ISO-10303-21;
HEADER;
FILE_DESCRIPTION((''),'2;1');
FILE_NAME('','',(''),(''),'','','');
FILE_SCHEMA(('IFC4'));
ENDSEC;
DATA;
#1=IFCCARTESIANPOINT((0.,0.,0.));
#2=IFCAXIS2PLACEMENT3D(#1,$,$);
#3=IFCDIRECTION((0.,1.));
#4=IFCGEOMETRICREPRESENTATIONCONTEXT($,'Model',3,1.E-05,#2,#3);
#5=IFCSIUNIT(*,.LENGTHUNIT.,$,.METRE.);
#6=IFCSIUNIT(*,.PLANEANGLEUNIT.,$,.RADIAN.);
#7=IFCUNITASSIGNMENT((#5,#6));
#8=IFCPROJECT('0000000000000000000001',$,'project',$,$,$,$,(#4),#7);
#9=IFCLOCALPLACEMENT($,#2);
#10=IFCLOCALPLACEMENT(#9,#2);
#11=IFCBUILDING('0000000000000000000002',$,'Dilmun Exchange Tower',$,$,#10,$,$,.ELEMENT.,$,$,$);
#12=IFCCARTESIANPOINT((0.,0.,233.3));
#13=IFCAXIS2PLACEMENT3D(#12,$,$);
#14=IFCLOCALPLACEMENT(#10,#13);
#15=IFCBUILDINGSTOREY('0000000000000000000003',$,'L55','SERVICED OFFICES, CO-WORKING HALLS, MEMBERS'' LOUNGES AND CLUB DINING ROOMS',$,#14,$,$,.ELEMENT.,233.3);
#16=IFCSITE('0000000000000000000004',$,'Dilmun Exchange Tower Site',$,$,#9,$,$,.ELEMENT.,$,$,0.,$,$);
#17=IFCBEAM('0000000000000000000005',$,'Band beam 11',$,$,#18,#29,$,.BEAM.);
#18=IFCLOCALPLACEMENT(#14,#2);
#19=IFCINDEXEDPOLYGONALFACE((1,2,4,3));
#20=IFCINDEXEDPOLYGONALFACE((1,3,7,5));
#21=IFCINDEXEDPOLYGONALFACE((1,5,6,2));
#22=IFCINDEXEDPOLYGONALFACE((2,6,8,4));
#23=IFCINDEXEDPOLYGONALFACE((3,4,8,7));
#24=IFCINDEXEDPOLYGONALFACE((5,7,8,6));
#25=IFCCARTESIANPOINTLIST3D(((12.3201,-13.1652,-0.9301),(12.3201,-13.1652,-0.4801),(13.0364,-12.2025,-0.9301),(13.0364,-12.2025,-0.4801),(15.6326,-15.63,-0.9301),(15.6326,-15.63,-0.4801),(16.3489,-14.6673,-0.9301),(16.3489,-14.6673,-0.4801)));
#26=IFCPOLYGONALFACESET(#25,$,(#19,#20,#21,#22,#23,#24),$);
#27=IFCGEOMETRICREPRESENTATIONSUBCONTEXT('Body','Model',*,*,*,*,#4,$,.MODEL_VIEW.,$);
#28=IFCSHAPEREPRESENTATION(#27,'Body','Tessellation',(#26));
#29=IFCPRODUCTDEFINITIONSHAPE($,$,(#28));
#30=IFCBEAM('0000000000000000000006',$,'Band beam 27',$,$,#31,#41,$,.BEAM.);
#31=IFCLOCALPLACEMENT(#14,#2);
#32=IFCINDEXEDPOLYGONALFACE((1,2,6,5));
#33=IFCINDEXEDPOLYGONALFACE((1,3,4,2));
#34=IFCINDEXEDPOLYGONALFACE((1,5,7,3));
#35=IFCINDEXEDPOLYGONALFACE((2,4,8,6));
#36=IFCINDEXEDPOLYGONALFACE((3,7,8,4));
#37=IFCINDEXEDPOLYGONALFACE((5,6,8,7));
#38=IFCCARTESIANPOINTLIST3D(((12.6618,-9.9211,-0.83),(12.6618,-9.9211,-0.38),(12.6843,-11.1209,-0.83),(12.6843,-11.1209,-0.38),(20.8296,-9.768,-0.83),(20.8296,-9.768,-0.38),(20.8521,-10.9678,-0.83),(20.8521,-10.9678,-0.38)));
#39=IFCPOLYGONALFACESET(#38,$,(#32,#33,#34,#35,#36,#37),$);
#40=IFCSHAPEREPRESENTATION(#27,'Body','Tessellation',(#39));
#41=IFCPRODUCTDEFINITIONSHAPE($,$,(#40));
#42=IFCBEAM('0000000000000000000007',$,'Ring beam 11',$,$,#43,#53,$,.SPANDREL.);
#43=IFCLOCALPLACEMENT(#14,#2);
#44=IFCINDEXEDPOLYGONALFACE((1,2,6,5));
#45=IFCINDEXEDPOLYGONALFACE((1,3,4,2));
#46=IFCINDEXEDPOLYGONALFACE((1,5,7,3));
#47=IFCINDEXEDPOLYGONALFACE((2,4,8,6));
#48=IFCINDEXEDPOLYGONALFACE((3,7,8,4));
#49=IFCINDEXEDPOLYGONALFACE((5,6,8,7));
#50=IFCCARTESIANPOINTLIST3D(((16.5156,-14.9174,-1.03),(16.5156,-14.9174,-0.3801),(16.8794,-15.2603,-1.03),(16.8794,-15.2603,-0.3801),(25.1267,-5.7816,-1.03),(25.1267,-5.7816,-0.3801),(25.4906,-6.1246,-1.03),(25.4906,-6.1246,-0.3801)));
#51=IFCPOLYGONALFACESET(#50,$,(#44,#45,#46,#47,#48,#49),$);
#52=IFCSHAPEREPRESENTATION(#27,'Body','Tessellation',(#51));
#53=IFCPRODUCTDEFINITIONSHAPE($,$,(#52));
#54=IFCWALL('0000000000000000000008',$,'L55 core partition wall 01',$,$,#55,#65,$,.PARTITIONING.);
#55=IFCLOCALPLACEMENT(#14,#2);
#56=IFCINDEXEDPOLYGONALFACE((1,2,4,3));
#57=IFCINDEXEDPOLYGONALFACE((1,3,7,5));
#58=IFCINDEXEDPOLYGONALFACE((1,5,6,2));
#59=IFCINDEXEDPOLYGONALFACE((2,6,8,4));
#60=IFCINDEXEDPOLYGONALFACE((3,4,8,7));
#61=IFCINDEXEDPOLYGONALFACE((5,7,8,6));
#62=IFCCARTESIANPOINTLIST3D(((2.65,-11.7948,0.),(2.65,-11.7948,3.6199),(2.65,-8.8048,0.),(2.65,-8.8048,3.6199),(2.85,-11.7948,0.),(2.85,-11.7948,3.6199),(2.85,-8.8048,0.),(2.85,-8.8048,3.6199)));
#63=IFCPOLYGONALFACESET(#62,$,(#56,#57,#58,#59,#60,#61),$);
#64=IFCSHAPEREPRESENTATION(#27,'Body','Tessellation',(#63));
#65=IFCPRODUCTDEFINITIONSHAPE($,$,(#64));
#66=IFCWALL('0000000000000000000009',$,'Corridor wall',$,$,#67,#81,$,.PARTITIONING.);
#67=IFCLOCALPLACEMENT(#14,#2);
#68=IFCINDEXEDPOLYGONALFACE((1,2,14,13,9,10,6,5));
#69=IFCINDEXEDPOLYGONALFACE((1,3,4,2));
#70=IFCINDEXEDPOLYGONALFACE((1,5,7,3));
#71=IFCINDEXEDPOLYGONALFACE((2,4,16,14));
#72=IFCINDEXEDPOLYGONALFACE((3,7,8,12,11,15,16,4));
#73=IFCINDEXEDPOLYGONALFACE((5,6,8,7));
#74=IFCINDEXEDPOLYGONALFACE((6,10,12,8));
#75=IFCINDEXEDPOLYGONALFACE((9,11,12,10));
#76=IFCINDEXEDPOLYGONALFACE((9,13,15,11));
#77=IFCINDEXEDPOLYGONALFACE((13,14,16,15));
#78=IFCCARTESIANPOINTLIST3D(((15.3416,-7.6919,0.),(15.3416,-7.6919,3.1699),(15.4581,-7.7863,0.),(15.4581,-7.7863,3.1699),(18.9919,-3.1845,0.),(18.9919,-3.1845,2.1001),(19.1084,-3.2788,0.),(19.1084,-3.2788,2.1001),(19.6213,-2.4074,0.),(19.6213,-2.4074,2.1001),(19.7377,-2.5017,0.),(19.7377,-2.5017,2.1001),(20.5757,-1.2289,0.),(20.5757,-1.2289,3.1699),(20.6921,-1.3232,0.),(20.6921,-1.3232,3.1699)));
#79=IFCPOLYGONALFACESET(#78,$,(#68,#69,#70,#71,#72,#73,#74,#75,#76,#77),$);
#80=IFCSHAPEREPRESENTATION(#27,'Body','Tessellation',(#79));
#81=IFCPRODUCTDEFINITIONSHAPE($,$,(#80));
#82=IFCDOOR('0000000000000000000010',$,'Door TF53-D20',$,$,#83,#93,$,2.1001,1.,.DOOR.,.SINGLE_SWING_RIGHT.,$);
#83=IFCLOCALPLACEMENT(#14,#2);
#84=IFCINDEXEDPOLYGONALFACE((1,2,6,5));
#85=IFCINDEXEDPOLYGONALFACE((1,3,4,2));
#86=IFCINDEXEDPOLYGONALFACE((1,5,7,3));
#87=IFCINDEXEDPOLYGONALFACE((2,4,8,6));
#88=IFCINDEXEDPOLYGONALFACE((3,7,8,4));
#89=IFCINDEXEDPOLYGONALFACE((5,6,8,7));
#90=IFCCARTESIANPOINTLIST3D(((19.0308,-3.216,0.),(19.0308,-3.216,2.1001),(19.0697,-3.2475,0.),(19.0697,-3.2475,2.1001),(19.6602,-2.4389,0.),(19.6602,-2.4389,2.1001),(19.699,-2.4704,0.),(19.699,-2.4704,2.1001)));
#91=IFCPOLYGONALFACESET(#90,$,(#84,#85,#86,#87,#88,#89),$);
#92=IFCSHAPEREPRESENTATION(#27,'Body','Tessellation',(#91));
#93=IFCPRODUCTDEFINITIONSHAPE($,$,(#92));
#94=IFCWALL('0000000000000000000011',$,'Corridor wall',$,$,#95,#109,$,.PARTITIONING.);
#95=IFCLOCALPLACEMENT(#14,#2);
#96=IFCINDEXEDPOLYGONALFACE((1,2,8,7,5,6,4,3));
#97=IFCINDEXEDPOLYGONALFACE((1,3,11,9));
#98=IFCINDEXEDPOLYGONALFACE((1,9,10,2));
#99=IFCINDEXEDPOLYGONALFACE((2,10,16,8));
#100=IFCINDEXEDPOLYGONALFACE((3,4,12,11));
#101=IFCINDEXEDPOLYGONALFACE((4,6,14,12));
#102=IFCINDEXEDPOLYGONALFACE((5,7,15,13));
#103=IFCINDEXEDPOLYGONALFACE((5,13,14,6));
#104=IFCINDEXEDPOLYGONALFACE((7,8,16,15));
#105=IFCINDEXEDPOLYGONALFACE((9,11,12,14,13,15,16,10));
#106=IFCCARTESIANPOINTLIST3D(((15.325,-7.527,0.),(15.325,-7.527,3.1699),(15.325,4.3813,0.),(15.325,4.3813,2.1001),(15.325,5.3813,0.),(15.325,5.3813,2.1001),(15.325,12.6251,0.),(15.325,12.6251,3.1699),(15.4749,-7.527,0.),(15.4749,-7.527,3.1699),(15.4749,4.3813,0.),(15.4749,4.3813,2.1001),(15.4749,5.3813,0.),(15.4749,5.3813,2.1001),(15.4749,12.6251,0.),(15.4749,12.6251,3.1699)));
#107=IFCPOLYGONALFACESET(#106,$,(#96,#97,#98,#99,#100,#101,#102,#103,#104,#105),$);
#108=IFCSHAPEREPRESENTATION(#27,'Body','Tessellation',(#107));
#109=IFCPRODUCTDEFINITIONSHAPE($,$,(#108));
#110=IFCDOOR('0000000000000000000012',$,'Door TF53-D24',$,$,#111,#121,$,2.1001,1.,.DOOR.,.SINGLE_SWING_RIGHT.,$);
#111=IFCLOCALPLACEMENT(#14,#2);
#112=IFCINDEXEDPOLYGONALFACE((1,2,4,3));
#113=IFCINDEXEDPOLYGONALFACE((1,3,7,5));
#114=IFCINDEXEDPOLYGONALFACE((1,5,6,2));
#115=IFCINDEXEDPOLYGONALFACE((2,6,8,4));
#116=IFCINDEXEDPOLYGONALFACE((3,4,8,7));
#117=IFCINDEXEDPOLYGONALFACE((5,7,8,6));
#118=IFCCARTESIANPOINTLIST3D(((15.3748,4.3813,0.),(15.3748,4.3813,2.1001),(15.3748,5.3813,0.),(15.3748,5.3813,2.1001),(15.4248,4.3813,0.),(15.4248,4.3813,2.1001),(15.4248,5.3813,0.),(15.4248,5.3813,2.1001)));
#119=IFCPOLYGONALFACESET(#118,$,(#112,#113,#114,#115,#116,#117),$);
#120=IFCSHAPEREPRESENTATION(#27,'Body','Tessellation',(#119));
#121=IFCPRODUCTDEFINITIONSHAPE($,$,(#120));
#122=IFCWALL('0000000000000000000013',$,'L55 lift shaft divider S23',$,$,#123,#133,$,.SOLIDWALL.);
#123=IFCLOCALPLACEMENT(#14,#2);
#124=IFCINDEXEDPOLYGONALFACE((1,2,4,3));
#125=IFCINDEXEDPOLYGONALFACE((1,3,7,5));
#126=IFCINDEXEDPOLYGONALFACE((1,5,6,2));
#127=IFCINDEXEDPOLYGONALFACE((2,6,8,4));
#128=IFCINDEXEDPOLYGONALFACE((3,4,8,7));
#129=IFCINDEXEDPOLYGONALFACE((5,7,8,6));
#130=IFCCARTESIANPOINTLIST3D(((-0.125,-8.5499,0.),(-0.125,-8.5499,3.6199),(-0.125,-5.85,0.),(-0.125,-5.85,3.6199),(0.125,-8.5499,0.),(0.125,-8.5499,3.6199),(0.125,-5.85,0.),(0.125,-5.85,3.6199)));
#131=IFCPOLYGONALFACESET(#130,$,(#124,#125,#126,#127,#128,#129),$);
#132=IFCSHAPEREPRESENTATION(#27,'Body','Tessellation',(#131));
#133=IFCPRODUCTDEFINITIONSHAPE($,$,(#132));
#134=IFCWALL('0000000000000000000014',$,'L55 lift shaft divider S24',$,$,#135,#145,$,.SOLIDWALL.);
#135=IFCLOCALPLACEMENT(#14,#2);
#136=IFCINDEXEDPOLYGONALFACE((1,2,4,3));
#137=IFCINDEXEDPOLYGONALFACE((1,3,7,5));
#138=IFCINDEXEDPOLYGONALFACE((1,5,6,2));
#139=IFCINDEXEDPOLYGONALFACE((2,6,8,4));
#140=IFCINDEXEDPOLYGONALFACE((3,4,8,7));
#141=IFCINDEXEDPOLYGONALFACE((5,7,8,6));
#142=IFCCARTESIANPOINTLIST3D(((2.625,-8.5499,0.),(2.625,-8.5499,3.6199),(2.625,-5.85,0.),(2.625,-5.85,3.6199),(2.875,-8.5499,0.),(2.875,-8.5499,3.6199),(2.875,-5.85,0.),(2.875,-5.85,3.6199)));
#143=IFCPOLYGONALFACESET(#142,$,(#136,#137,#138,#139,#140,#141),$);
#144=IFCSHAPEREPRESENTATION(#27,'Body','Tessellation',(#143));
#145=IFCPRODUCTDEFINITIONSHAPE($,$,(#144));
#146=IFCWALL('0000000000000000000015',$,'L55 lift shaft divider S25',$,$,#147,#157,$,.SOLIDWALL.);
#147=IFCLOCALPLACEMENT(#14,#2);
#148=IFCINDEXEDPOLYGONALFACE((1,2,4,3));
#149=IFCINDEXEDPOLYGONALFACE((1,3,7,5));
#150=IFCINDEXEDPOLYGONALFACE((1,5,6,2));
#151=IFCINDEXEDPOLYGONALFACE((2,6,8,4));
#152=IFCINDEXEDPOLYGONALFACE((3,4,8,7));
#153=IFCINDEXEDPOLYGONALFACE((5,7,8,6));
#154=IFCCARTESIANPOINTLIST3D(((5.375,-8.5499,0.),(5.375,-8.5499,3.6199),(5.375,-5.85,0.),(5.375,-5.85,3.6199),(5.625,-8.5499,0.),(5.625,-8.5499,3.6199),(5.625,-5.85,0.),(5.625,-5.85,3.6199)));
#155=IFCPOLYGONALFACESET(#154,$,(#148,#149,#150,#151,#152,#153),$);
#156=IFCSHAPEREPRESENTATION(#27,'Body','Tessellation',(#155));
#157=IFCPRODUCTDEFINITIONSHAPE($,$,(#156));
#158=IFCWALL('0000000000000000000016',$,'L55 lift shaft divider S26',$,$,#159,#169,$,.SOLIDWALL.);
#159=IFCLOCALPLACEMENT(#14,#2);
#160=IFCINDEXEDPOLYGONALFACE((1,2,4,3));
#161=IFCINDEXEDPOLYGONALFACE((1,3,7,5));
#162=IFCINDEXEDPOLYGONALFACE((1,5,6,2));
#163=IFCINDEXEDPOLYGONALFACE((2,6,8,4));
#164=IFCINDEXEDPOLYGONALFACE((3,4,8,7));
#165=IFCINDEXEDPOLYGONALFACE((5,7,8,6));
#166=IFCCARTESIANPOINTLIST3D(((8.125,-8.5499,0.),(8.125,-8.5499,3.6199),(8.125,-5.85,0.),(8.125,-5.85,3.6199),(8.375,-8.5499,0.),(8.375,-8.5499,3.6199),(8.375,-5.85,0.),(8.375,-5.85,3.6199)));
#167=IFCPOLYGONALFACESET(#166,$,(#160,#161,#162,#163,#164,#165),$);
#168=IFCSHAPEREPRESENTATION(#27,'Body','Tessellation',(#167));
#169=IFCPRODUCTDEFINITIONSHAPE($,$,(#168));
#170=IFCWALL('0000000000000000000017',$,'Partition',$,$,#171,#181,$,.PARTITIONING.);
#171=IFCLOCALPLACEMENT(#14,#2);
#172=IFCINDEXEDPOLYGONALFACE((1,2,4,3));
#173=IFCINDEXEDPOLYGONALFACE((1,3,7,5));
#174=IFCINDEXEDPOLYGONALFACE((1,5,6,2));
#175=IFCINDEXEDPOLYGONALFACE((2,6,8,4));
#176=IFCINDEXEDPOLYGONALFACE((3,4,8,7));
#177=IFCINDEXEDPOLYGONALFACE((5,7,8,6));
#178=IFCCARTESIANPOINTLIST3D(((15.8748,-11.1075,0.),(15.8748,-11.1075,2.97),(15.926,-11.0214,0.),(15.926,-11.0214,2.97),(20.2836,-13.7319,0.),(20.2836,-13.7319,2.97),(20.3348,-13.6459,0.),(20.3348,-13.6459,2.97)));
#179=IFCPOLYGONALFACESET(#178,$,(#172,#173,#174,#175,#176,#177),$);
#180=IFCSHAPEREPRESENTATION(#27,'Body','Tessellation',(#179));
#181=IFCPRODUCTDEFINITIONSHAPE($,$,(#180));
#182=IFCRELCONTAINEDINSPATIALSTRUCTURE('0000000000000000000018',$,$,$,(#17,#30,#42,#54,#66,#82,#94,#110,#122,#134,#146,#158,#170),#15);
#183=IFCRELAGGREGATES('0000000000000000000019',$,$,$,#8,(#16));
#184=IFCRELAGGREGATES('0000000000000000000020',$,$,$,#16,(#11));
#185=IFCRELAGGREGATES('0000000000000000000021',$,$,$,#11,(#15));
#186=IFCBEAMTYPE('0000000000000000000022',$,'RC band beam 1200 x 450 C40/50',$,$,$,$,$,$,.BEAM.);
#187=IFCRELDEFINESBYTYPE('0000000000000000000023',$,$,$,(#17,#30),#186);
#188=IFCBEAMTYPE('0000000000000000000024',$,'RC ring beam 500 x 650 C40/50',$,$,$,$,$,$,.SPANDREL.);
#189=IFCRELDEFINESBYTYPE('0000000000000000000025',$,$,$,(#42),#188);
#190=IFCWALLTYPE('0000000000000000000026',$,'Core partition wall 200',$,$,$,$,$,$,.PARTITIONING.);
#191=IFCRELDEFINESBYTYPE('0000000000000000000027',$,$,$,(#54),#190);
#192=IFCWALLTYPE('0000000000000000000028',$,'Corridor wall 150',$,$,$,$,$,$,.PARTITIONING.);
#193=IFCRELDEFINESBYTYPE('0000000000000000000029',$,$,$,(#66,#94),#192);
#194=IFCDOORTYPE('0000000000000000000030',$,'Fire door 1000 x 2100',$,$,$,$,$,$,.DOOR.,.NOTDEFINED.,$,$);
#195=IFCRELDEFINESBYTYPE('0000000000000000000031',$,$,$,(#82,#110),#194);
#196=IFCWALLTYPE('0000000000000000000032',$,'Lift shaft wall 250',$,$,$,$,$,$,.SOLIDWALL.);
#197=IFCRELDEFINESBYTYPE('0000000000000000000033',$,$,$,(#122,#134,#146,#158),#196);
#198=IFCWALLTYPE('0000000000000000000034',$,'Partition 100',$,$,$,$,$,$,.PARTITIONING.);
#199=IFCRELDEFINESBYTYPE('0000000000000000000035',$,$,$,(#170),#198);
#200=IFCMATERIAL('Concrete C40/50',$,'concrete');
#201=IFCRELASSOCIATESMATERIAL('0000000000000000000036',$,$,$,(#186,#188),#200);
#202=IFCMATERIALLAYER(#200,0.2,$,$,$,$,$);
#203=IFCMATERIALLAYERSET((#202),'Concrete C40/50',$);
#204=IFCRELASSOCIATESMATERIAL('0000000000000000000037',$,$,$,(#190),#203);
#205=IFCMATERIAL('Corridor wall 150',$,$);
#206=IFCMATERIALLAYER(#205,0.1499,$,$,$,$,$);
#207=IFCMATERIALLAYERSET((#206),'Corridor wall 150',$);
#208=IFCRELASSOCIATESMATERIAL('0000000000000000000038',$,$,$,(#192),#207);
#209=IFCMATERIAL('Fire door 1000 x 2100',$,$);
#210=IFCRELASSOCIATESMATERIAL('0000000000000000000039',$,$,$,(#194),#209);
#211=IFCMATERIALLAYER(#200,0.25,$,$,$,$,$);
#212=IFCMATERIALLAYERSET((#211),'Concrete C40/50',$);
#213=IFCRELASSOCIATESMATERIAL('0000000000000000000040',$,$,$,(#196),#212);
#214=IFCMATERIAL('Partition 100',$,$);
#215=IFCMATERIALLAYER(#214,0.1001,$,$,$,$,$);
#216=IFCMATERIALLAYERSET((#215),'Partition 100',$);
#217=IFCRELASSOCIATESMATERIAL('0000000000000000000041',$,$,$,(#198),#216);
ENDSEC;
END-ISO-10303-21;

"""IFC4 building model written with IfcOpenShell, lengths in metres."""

from ifc_helpers import new_model, si_unit, direction, frame, frame_2d, origin, origin_2d, place, context, subcontext, project, spatial, rectangle, extrude, material, layer, layer_set, material_profile, profile_set, type_object, element, fill, save


model = new_model("IFC4")

# Units and contexts
model_context = context("Model", 3, precision=1e-05, world=origin(), true_north=direction((0.0, 1.0)))
body_context = subcontext(model_context, "Body", "Model", "MODEL_VIEW")
ifc_project = project(units=[si_unit("LENGTHUNIT", "METRE"), si_unit("PLANEANGLEUNIT", "RADIAN")], contexts=[model_context])

# Site, building, storey
site_placement = place(None, origin())
site = spatial("IfcSite", under=ifc_project, at=site_placement, Name="Dilmun Exchange Tower Site", CompositionType="ELEMENT", RefElevation=0.0)
building_placement = place(site_placement, origin())
building = spatial("IfcBuilding", under=site, at=building_placement, Name="Dilmun Exchange Tower", CompositionType="ELEMENT")
storey_placement = place(building_placement, frame((0.0, 0.0, 233.3)))
storey = spatial("IfcBuildingStorey", under=building, at=storey_placement, Name="L55", Description="SERVICED OFFICES, CO-WORKING HALLS, MEMBERS' LOUNGES AND CLUB DINING ROOMS", CompositionType="ELEMENT", Elevation=233.3)

# Beams
ifc_material_1 = material(Name="Concrete C40/50", Category="concrete")
ifc_material_profile_1 = material_profile(ifc_material_1, rectangle(XDim=1.2, YDim=0.45, at=origin_2d()), Name="1200 x 450")
ifc_profile_set_1 = profile_set([ifc_material_profile_1], Name="Concrete C40/50")
beam_type_1 = type_object("IfcBeamType", Name="RC band beam 1200 x 450 C40/50", PredefinedType="BEAM", material=ifc_profile_set_1)
beam_1_placement = place(storey_placement, frame((15.9907, -15.1487, -0.7051), z_axis=(-0.802265, 0.596968, 0.0), x_axis=(-0.596968, -0.802265, 0.0)))
element("IfcBeam", 1, at=beam_1_placement, inside=storey, type_object=beam_type_1, Name="Band beam 11", PredefinedType="BEAM", context=body_context, shape_type="SweptSolid", body=[
    extrude(rectangle(XDim=1.2, YDim=0.45, at=origin_2d()), origin(), (0.0, 0.0, 1.0), 4.1289),
])
beam_2_placement = place(storey_placement, frame((20.8408, -10.3679, -0.605), z_axis=(-0.999824, -0.018738, 0.0), x_axis=(0.018738, -0.999824, 0.0)))
element("IfcBeam", 2, at=beam_2_placement, inside=storey, type_object=beam_type_1, Name="Band beam 27", PredefinedType="BEAM", context=body_context, shape_type="SweptSolid", body=[
    extrude(rectangle(XDim=1.2, YDim=0.45, at=origin_2d()), origin(), (0.0, 0.0, 1.0), 8.1692),
])
ifc_material_profile_2 = material_profile(ifc_material_1, rectangle(XDim=0.5, YDim=0.6499, at=origin_2d()), Name="500 x 650")
ifc_profile_set_2 = profile_set([ifc_material_profile_2], Name="Concrete C40/50")
beam_type_2 = type_object("IfcBeamType", Name="RC ring beam 500 x 650 C40/50", PredefinedType="SPANDREL", material=ifc_profile_set_2)
beam_3_placement = place(storey_placement, frame((16.6975, -15.0889, -0.7051), z_axis=(0.685903, 0.727693, 0.0), x_axis=(-0.727693, 0.685903, 0.0)))
element("IfcBeam", 3, at=beam_3_placement, inside=storey, type_object=beam_type_2, Name="Ring beam 11", PredefinedType="SPANDREL", context=body_context, shape_type="SweptSolid", body=[
    extrude(rectangle(XDim=0.5, YDim=0.6499, at=origin_2d()), origin(), (0.0, 0.0, 1.0), 12.5544),
])

# Wall
ifc_layer_1 = layer(ifc_material_1, 0.2)
ifc_layer_set_1 = layer_set([ifc_layer_1], Name="Concrete C40/50")
wall_type_1 = type_object("IfcWallType", Name="Core partition wall 200", PredefinedType="PARTITIONING", material=ifc_layer_set_1)
wall_1_placement = place(storey_placement, frame((2.75, -11.7949, 0.0), z_axis=(0.0, 0.0, 1.0), x_axis=(0.0, 1.0, 0.0)))
element("IfcWall", 4, at=wall_1_placement, inside=storey, type_object=wall_type_1, Name="L55 core partition wall 01", PredefinedType="PARTITIONING", context=body_context, shape_type="SweptSolid", body=[
    extrude(rectangle(XDim=2.99, YDim=0.2, at=frame_2d((1.4951, 0.0))), origin(), (0.0, 0.0, 1.0), 3.6199),
])

# Walls, openings, doors
ifc_material_2 = material(Name="Corridor wall 150")
ifc_layer_2 = layer(ifc_material_2, 0.1499)
ifc_layer_set_2 = layer_set([ifc_layer_2], Name="Corridor wall 150")
wall_type_2 = type_object("IfcWallType", Name="Corridor wall 150", PredefinedType="PARTITIONING", material=ifc_layer_set_2)
wall_2_placement = place(storey_placement, frame((15.3999, -7.739, 0.0), z_axis=(0.0, 0.0, 1.0), x_axis=(0.629349, 0.777123, 0.0)))
wall_2 = element("IfcWall", 5, at=wall_2_placement, inside=storey, type_object=wall_type_2, Name="Corridor wall", PredefinedType="PARTITIONING", context=body_context, shape_type="SweptSolid", body=[
    extrude(rectangle(XDim=8.3167, YDim=0.1499, at=frame_2d((4.1582, 0.0))), origin(), (0.0, 0.0, 1.0), 3.1699),
])
opening_1_placement = place(wall_2_placement, frame((5.8, 0.0, 0.0)))
opening_1 = element("IfcOpeningElement", 6, at=opening_1_placement, cuts=wall_2, PredefinedType="OPENING", context=body_context, shape_type="SweptSolid", body=[
    extrude(rectangle(XDim=1.0, YDim=2.1001, at=frame_2d((0.5, 1.05))), frame((0.0, 0.085, 0.0), z_axis=(0.0, -1.0, 0.0), x_axis=(1.0, 0.0, 0.0)), (0.0, 0.0, 1.0), 0.1699),
])
ifc_material_3 = material(Name="Fire door 1000 x 2100")
door_type_1 = type_object("IfcDoorType", Name="Fire door 1000 x 2100", OperationType="NOTDEFINED", PredefinedType="DOOR", material=ifc_material_3)
door_1_placement = place(opening_1_placement, origin())
door_1 = element("IfcDoor", 7, at=door_1_placement, inside=storey, type_object=door_type_1, Name="Door TF53-D20", OperationType="SINGLE_SWING_RIGHT", OverallHeight=2.1001, OverallWidth=1.0, PredefinedType="DOOR", context=body_context, shape_type="SweptSolid", body=[
    extrude(rectangle(XDim=1.0, YDim=2.1001, at=frame_2d((0.5, 1.05))), frame((0.0, 0.0249, 0.0), z_axis=(0.0, -1.0, 0.0), x_axis=(1.0, 0.0, 0.0)), (0.0, 0.0, 1.0), 0.05),
])
fill(opening_1, door_1)
wall_3_placement = place(storey_placement, frame((15.3999, -7.5271, 0.0), z_axis=(0.0, 0.0, 1.0), x_axis=(0.0, 1.0, 0.0)))
wall_3 = element("IfcWall", 8, at=wall_3_placement, inside=storey, type_object=wall_type_2, Name="Corridor wall", PredefinedType="PARTITIONING", context=body_context, shape_type="SweptSolid", body=[
    extrude(rectangle(XDim=20.1521, YDim=0.1499, at=frame_2d((10.0762, 0.0))), origin(), (0.0, 0.0, 1.0), 3.1699),
])
opening_2_placement = place(wall_3_placement, frame((11.9084, 0.0, 0.0)))
opening_2 = element("IfcOpeningElement", 9, at=opening_2_placement, cuts=wall_3, PredefinedType="OPENING", context=body_context, shape_type="SweptSolid", body=[
    extrude(rectangle(XDim=1.0, YDim=2.1001, at=frame_2d((0.5, 1.05))), frame((0.0, 0.085, 0.0), z_axis=(0.0, -1.0, 0.0), x_axis=(1.0, 0.0, 0.0)), (0.0, 0.0, 1.0), 0.1699),
])
door_2_placement = place(opening_2_placement, frame((1.0, 0.0, 0.0), z_axis=(0.0, 0.0, 1.0), x_axis=(-1.0, 0.0, 0.0)))
door_2 = element("IfcDoor", 10, at=door_2_placement, inside=storey, type_object=door_type_1, Name="Door TF53-D24", OperationType="SINGLE_SWING_RIGHT", OverallHeight=2.1001, OverallWidth=1.0, PredefinedType="DOOR", context=body_context, shape_type="SweptSolid", body=[
    extrude(rectangle(XDim=1.0, YDim=2.1001, at=frame_2d((0.5, 1.05))), frame((0.0, 0.0249, 0.0), z_axis=(0.0, -1.0, 0.0), x_axis=(1.0, 0.0, 0.0)), (0.0, 0.0, 1.0), 0.05),
])
fill(opening_2, door_2)

# Walls
ifc_layer_3 = layer(ifc_material_1, 0.25)
ifc_layer_set_3 = layer_set([ifc_layer_3], Name="Concrete C40/50")
wall_type_3 = type_object("IfcWallType", Name="Lift shaft wall 250", PredefinedType="SOLIDWALL", material=ifc_layer_set_3)
for number, where, z_axis, x_axis, name in (
    (11, (0.0, -8.55, 0.0), (0.0, 0.0, 1.0), (0.0, 1.0, 0.0), "L55 lift shaft divider S23"),
    (12, (2.75, -8.55, 0.0), (0.0, 0.0, 1.0), (0.0, 1.0, 0.0), "L55 lift shaft divider S24"),
    (13, (5.5, -8.55, 0.0), (0.0, 0.0, 1.0), (0.0, 1.0, 0.0), "L55 lift shaft divider S25"),
    (14, (8.25, -8.55, 0.0), (0.0, 0.0, 1.0), (0.0, 1.0, 0.0), "L55 lift shaft divider S26"),
):
    element("IfcWall", number, at=place(storey_placement, frame(where, z_axis=z_axis, x_axis=x_axis)), inside=storey, type_object=wall_type_3, Name=name, PredefinedType="SOLIDWALL", context=body_context, shape_type="SweptSolid", body=[
        extrude(rectangle(XDim=2.7, YDim=0.25, at=frame_2d((1.3501, 0.0))), origin(), (0.0, 0.0, 1.0), 3.6199),
    ])
ifc_material_4 = material(Name="Partition 100")
ifc_layer_4 = layer(ifc_material_4, 0.1001)
ifc_layer_set_4 = layer_set([ifc_layer_4], Name="Partition 100")
wall_type_4 = type_object("IfcWallType", Name="Partition 100", PredefinedType="PARTITIONING", material=ifc_layer_set_4)
wall_4_placement = place(storey_placement, frame((15.9004, -11.0645, 0.0), z_axis=(0.0, 0.0, 1.0), x_axis=(0.85928, -0.511505, 0.0)))
element("IfcWall", 15, at=wall_4_placement, inside=storey, type_object=wall_type_4, Name="Partition", PredefinedType="PARTITIONING", context=body_context, shape_type="SweptSolid", body=[
    extrude(rectangle(XDim=5.1309, YDim=0.1001, at=frame_2d((2.5654, 0.0))), origin(), (0.0, 0.0, 1.0), 2.97),
])

save(model, "model.ifc")
